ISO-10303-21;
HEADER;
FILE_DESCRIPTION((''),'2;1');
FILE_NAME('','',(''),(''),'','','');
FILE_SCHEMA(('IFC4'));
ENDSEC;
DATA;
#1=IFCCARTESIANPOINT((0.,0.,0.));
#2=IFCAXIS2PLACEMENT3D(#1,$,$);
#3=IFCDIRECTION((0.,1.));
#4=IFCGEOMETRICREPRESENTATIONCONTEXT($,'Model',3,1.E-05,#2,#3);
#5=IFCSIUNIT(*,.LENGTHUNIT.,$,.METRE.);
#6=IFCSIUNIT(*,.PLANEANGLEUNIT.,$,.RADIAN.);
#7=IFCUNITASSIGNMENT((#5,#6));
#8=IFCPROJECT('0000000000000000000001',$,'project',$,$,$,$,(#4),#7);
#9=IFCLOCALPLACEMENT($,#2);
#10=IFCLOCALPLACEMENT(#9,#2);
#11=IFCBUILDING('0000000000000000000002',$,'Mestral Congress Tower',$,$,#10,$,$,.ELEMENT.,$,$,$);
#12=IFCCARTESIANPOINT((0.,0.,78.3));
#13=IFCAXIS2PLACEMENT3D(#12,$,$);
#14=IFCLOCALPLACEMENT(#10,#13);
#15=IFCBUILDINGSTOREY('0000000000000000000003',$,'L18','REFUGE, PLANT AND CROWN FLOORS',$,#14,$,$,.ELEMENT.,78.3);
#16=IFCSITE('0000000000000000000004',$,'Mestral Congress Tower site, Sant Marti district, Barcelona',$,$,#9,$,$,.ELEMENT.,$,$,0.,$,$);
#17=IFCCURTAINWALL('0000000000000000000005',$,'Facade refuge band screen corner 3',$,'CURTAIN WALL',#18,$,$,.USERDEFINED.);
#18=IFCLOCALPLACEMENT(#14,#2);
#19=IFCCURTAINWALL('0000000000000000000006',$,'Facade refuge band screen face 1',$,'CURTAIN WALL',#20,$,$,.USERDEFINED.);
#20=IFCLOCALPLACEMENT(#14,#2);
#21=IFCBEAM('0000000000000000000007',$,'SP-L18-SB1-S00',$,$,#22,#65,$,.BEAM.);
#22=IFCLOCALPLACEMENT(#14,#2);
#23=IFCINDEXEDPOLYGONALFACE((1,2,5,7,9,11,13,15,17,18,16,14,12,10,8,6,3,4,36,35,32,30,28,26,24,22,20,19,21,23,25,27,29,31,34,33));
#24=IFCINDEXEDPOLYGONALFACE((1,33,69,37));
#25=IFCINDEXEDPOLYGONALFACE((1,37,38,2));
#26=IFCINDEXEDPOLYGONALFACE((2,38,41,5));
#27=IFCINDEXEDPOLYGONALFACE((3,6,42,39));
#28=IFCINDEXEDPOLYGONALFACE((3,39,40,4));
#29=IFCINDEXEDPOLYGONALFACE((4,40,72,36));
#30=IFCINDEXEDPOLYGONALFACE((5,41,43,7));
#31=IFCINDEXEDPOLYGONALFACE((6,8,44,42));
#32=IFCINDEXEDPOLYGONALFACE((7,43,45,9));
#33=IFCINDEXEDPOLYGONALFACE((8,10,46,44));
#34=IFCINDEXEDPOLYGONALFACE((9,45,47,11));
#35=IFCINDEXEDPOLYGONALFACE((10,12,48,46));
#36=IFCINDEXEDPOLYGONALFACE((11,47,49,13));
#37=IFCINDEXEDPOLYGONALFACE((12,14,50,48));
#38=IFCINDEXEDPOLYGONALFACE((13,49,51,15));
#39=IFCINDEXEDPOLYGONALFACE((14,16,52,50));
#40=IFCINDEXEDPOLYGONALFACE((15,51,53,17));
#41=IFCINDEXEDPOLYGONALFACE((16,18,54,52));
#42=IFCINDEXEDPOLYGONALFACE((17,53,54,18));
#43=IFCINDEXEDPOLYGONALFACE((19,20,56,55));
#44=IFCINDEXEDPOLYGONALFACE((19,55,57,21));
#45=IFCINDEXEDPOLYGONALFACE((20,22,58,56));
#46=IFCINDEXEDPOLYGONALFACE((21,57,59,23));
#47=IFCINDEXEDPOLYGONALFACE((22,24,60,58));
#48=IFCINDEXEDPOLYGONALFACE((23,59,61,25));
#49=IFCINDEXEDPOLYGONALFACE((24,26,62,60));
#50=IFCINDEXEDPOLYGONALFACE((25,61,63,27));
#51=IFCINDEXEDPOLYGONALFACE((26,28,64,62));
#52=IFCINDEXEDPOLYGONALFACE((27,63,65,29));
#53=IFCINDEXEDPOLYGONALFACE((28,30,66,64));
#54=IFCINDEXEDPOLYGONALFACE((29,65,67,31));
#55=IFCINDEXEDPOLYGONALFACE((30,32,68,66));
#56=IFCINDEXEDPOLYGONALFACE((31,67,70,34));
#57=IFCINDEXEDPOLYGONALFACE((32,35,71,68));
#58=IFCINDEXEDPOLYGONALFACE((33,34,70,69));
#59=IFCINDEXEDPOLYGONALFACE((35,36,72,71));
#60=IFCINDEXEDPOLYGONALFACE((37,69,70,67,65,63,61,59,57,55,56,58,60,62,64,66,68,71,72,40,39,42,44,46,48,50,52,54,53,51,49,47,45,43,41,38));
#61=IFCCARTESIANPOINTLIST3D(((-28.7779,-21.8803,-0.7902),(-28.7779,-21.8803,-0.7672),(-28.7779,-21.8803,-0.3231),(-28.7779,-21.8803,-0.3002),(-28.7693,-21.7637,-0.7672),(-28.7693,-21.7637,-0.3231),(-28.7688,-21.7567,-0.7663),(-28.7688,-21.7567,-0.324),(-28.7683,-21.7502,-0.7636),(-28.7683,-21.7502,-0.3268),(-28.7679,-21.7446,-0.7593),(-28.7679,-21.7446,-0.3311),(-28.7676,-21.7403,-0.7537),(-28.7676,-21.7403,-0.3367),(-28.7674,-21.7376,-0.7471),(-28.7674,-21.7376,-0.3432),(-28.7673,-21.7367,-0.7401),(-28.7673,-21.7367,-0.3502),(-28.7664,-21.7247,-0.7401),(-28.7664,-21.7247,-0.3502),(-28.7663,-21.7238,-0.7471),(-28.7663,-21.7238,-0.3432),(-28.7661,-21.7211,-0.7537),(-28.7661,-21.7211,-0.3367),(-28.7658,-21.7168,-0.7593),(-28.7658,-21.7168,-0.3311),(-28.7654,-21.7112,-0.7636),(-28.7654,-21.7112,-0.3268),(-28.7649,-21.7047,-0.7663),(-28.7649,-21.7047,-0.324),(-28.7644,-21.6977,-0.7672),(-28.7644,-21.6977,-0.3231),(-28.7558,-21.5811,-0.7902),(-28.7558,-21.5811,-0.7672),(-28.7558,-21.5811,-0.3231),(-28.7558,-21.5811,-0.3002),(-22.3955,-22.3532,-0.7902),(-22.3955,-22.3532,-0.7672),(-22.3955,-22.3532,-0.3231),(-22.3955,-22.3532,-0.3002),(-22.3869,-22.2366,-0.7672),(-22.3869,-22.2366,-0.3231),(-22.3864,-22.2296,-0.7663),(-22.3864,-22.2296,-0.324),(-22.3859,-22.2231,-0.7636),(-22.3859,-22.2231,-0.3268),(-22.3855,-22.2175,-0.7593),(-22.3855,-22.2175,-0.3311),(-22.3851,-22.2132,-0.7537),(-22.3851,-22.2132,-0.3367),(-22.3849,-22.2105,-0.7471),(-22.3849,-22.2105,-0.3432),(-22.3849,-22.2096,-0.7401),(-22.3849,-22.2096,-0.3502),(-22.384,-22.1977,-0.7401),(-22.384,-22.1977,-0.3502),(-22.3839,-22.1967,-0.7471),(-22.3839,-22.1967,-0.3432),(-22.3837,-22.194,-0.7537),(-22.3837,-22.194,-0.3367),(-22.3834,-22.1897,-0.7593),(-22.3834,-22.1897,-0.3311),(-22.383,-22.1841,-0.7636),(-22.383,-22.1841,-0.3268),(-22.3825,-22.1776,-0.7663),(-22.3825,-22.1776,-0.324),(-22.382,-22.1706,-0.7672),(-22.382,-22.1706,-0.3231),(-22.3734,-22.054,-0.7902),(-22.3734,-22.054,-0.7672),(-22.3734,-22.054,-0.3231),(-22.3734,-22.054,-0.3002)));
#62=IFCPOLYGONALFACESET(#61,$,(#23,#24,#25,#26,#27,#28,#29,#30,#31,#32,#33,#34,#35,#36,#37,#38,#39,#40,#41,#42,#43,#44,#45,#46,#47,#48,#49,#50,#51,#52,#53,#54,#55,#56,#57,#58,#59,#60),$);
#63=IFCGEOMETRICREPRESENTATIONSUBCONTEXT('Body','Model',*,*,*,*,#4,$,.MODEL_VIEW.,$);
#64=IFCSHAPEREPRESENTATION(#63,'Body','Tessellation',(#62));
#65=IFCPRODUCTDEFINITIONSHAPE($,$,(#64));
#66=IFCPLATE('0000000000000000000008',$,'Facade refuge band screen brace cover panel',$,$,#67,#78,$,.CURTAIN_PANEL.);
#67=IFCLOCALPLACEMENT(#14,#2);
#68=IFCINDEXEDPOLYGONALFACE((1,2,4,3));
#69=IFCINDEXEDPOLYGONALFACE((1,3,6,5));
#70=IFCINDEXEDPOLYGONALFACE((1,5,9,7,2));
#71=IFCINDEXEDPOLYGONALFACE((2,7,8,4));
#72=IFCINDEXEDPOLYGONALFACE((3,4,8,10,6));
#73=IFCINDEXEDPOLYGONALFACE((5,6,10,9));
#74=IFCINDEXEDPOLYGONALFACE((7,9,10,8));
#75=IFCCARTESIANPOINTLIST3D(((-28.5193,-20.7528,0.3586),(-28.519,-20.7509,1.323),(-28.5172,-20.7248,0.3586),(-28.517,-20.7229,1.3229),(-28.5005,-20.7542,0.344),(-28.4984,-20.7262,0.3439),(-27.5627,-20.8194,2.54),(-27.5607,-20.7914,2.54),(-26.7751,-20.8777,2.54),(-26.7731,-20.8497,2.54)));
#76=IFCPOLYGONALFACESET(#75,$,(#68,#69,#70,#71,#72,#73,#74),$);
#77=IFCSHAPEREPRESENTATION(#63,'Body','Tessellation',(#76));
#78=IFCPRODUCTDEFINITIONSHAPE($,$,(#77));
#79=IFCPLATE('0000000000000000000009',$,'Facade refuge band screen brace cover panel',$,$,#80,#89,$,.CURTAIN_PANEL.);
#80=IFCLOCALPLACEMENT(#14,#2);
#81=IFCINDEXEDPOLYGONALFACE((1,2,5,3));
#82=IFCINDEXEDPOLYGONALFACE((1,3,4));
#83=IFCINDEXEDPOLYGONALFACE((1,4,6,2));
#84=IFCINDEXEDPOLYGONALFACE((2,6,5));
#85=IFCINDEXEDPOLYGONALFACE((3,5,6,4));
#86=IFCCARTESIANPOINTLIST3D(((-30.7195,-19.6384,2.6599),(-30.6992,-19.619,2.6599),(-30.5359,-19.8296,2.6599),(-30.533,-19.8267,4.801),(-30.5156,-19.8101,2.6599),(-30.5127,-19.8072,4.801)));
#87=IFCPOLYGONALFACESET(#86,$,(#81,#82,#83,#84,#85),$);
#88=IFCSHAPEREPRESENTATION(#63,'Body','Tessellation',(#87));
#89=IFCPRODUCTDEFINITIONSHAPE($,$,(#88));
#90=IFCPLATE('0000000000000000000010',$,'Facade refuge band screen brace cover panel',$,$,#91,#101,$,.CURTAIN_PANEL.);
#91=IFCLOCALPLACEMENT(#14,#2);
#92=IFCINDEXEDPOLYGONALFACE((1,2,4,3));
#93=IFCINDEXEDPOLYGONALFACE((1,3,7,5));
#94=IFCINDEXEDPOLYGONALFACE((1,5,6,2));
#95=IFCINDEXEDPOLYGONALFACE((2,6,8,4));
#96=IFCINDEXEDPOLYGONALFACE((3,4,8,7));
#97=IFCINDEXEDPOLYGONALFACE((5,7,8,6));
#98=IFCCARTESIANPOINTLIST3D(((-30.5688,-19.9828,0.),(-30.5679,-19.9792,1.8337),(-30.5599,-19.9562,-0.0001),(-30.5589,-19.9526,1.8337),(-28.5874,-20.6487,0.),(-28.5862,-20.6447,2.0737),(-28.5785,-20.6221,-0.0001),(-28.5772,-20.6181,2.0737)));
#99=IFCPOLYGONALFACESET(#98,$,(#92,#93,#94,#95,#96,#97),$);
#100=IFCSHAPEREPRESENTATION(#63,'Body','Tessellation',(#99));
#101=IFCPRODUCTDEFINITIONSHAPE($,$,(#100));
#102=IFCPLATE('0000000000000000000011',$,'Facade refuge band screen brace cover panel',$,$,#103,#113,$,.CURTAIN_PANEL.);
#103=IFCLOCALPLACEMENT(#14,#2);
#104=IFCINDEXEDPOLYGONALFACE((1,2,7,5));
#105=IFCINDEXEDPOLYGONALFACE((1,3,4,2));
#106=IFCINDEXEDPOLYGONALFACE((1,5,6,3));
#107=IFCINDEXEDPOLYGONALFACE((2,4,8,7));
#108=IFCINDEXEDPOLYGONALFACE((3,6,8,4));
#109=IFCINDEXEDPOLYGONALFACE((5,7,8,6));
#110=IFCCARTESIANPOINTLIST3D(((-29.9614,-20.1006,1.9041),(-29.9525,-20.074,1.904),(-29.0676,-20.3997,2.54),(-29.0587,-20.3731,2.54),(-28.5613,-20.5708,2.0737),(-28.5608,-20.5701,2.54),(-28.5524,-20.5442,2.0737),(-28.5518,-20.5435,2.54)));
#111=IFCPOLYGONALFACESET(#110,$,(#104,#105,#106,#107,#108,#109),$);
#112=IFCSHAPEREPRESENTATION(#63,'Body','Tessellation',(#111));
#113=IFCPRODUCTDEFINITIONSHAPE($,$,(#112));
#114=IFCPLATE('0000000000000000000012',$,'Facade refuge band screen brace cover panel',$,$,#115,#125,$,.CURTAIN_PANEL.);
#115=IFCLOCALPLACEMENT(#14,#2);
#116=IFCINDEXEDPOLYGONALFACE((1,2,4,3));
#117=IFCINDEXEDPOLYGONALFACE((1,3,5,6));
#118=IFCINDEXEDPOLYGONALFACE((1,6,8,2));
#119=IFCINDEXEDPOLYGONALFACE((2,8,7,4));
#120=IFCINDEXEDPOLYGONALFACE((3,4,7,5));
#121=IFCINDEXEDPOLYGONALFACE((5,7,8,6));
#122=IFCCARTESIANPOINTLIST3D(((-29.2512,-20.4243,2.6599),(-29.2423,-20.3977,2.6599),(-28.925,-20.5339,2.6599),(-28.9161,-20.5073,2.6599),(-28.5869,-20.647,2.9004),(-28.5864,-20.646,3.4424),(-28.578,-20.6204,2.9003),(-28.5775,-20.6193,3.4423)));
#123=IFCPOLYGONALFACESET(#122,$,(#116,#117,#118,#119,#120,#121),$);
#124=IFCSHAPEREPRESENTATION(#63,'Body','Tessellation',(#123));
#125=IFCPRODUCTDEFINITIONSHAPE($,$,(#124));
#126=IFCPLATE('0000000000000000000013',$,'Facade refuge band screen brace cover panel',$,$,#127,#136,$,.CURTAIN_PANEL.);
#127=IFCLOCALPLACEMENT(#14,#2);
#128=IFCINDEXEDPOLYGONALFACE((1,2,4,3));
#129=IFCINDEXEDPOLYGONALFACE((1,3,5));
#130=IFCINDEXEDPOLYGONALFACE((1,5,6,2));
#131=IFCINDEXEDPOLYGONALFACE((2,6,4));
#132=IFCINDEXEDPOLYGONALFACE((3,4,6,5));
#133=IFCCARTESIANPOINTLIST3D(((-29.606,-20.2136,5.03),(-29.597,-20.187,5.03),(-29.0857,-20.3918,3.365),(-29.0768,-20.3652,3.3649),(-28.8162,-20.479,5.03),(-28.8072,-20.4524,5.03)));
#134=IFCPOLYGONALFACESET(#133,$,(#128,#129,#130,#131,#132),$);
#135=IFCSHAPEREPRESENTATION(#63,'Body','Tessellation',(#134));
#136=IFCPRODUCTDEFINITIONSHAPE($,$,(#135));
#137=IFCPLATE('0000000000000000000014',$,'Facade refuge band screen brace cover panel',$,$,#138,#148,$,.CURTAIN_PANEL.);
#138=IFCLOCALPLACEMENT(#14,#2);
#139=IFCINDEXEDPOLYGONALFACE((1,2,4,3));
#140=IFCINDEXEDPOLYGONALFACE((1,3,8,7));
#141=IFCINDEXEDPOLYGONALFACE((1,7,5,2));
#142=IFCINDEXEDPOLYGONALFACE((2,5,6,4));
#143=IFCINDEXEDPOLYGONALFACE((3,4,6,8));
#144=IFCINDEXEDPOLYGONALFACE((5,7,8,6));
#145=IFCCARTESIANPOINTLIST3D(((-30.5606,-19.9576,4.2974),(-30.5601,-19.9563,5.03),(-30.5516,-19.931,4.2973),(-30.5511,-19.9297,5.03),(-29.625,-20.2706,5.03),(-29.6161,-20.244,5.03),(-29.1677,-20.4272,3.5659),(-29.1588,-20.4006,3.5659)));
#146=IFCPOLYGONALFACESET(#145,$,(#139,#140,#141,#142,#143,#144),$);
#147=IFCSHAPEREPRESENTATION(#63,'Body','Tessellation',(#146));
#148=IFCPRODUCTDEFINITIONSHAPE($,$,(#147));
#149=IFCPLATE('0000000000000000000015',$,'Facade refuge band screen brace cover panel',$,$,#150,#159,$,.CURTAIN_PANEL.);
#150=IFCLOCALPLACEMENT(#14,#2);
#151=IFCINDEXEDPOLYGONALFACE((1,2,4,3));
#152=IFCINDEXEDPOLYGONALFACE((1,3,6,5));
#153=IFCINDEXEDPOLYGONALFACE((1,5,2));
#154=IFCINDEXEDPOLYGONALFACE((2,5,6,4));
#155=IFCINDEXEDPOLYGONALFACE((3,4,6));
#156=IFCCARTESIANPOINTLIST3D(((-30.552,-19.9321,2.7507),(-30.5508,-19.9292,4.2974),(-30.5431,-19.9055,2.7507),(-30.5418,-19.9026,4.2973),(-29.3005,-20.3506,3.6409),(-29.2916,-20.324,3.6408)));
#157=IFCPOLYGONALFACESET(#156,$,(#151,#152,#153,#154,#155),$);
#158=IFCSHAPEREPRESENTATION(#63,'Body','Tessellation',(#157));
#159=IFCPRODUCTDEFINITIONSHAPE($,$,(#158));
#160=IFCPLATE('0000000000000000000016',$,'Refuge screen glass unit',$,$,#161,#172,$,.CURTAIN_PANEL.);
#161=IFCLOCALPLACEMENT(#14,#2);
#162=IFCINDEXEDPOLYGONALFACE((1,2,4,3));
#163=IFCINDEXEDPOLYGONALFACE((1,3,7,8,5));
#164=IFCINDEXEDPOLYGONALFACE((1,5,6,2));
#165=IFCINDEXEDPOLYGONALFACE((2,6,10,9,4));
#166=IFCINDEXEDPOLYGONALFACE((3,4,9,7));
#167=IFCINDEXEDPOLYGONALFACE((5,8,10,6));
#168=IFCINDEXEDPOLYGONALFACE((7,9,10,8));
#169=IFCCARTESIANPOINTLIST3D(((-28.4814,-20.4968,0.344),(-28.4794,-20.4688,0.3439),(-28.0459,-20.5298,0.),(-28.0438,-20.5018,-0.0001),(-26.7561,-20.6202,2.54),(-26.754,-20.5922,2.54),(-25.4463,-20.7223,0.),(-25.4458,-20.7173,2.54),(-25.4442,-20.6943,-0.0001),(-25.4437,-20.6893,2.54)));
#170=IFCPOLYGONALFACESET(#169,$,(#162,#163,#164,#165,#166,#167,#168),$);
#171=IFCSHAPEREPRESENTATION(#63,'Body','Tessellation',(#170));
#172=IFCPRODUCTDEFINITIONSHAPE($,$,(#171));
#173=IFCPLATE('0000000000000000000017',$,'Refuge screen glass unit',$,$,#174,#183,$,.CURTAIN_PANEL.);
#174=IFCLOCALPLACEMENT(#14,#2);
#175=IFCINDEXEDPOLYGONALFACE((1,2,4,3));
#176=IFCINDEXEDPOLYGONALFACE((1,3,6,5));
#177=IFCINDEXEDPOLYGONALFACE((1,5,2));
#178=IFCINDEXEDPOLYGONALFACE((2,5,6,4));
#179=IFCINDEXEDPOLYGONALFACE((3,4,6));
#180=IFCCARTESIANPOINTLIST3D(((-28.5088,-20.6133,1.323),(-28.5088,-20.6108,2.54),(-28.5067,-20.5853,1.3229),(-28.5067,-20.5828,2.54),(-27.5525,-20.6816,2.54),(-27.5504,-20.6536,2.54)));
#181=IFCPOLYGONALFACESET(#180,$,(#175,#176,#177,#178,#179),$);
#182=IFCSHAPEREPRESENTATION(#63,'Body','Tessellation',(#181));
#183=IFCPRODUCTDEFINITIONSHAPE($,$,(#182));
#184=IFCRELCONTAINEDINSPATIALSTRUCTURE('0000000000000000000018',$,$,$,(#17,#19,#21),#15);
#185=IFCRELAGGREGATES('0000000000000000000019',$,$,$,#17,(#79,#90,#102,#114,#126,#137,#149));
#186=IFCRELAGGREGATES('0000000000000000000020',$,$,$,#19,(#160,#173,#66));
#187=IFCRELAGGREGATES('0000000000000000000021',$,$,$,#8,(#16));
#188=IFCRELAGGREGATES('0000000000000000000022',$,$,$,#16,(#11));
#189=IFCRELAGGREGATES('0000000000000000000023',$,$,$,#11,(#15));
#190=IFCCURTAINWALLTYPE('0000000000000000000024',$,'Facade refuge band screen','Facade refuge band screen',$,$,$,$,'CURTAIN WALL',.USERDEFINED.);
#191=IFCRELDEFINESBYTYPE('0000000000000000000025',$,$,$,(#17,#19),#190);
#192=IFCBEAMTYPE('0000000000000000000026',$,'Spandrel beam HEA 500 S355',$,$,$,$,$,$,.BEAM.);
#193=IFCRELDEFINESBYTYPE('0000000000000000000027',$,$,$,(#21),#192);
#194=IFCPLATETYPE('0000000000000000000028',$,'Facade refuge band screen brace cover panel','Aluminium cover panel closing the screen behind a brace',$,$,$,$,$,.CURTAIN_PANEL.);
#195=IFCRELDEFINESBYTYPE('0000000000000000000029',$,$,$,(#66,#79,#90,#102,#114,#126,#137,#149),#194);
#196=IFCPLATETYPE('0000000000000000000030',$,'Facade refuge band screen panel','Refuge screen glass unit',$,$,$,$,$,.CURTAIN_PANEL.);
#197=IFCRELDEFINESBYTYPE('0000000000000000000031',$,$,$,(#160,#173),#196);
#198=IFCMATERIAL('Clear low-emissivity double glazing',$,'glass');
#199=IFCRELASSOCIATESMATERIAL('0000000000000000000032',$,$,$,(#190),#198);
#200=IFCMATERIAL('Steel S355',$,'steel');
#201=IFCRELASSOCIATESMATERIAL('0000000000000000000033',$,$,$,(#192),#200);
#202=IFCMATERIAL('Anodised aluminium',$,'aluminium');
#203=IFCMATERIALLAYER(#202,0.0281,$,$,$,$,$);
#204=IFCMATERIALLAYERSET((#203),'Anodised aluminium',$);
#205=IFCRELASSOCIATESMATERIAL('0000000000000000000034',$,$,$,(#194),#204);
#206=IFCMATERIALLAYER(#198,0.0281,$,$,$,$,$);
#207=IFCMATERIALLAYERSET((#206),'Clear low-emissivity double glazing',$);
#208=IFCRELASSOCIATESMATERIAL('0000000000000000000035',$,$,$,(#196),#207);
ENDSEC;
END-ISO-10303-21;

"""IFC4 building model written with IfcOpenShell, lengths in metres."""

from ifc_helpers import new_model, si_unit, direction, frame, origin, origin_2d, place, context, subcontext, project, spatial, polyline, i_section, outline, extrude, material, layer, layer_set, material_profile, profile_set, type_object, element, aggregate, save


model = new_model("IFC4")

# Units and contexts
model_context = context("Model", 3, precision=1e-05, world=origin(), true_north=direction((0.0, 1.0)))
body_context = subcontext(model_context, "Body", "Model", "MODEL_VIEW")
ifc_project = project(units=[si_unit("LENGTHUNIT", "METRE"), si_unit("PLANEANGLEUNIT", "RADIAN")], contexts=[model_context])

# Site, building, storey
site_placement = place(None, origin())
site = spatial("IfcSite", under=ifc_project, at=site_placement, Name="Mestral Congress Tower site, Sant Marti district, Barcelona", CompositionType="ELEMENT", RefElevation=0.0)
building_placement = place(site_placement, origin())
building = spatial("IfcBuilding", under=site, at=building_placement, Name="Mestral Congress Tower", CompositionType="ELEMENT")
storey_placement = place(building_placement, frame((0.0, 0.0, 78.3)))
storey = spatial("IfcBuildingStorey", under=building, at=storey_placement, Name="L18", Description="REFUGE, PLANT AND CROWN FLOORS", CompositionType="ELEMENT", Elevation=78.3)

# Shared definitions
ifc_material_1 = material(Name="Steel S355", Category="steel")

# Curtain wall
ifc_material_2 = material(Name="Clear low-emissivity double glazing", Category="glass")
curtain_wall_type = type_object("IfcCurtainWallType", Name="Facade refuge band screen", Description="Facade refuge band screen", ElementType="CURTAIN WALL", PredefinedType="USERDEFINED", material=ifc_material_2)
placement = place(storey_placement, origin())
curtain_wall_1 = element("IfcCurtainWall", 1, at=placement, inside=storey, type_object=curtain_wall_type, Name="Facade refuge band screen corner 3", ObjectType="CURTAIN WALL", PredefinedType="USERDEFINED")
ifc_material_3 = material(Name="Anodised aluminium", Category="aluminium")

# Curtain wall
curtain_wall_2 = element("IfcCurtainWall", 2, at=placement, inside=storey, type_object=curtain_wall_type, Name="Facade refuge band screen face 1", ObjectType="CURTAIN WALL", PredefinedType="USERDEFINED")

# Beam
ifc_material_profile_1 = material_profile(ifc_material_1, i_section(OverallWidth=0.3, OverallDepth=0.49, WebThickness=0.012, FlangeThickness=0.0229, FilletRadius=0.0271, at=origin_2d()), Name="HEA 500")
ifc_profile_set_1 = profile_set([ifc_material_profile_1], Name="Steel S355")
beam_type_1 = type_object("IfcBeamType", Name="Spandrel beam HEA 500 S355", PredefinedType="BEAM", material=ifc_profile_set_1)
beam_1_placement = place(storey_placement, frame((-28.7668, -21.7307, -0.5452), z_axis=(0.997266, -0.073893, 0.0), x_axis=(0.073893, 0.997266, 0.0)))
element("IfcBeam", 3, at=beam_1_placement, inside=storey, type_object=beam_type_1, Name="SP-L18-SB1-S00", PredefinedType="BEAM", context=body_context, shape_type="SweptSolid", body=[
    extrude(i_section(OverallWidth=0.3, OverallDepth=0.49, WebThickness=0.012, FlangeThickness=0.0229, FilletRadius=0.0271, at=origin_2d()), origin(), (0.0, 0.0, 1.0), 6.3999),
])

# Plates
ifc_layer_1 = layer(ifc_material_3, 0.0281)
ifc_layer_set_1 = layer_set([ifc_layer_1], Name="Anodised aluminium")
plate_type_1 = type_object("IfcPlateType", Name="Facade refuge band screen brace cover panel", Description="Aluminium cover panel closing the screen behind a brace", PredefinedType="CURTAIN_PANEL", material=ifc_layer_set_1)
plate_1_placement = place(storey_placement, frame((-26.7751, -20.8777, 2.54), z_axis=(-0.073809, -0.997271, 0.001907), x_axis=(-0.617192, 0.044176, -0.785571)))
plate_1 = element("IfcPlate", 4, at=plate_1_placement, type_object=plate_type_1, Name="Facade refuge band screen brace cover panel", PredefinedType="CURTAIN_PANEL", context=body_context, shape_type="SweptSolid", body=[
    extrude(outline(polyline([(0.0, 0.0), (2.7955, 0.0), (2.7956, -0.0239), (2.038, -0.6205), (0.4887, -0.6204), (0.0, 0.0)])), origin(), (0.0, 0.0, -1.0), 0.0281),
])
plate_2_placement = place(storey_placement, frame((-30.5359, -19.8296, 2.6599), z_axis=(-0.721239, -0.692684, 0.001935), x_axis=(-0.692685, 0.72124, 0.0)))
plate_2 = element("IfcPlate", 5, at=plate_2_placement, type_object=plate_type_1, Name="Facade refuge band screen brace cover panel", PredefinedType="CURTAIN_PANEL", context=body_context, shape_type="SweptSolid", body=[
    extrude(outline(polyline([(0.0, 0.0), (0.265, 0.0), (0.0001, -2.1411), (0.0, 0.0)])), origin(), (0.0, 0.0, -1.0), 0.0281),
])
plate_3_placement = place(storey_placement, frame((-28.5874, -20.6487, 0.0), z_axis=(-0.318543, -0.947906, 0.002015), x_axis=(-0.947908, 0.318544, 0.0)))
plate_3 = element("IfcPlate", 6, at=plate_3_placement, type_object=plate_type_1, Name="Facade refuge band screen brace cover panel", PredefinedType="CURTAIN_PANEL", context=body_context, shape_type="SweptSolid", body=[
    extrude(outline(polyline([(0.0, 0.0), (2.0903, 0.0), (2.0905, -1.8337), (0.0001, -2.0737), (0.0, 0.0)])), origin(), (0.0, 0.0, -1.0), 0.0281),
])
plate_4_placement = place(storey_placement, frame((-28.5608, -20.5701, 2.54), z_axis=(-0.318602, -0.947887, 0.001931), x_axis=(-0.001082, -0.001674, -0.999998)))
plate_4 = element("IfcPlate", 7, at=plate_4_placement, type_object=plate_type_1, Name="Facade refuge band screen brace cover panel", PredefinedType="CURTAIN_PANEL", context=body_context, shape_type="SweptSolid", body=[
    extrude(outline(polyline([(0.0, 0.0), (0.4663, 0.0), (0.6367, -1.4769), (0.0003, -0.5347), (0.0, 0.0)])), origin(), (0.0, 0.0, -1.0), 0.0281),
])
plate_5_placement = place(storey_placement, frame((-28.5869, -20.647, 2.9004), z_axis=(-0.318466, -0.947932, 0.002063), x_axis=(-0.786242, 0.262928, -0.559188)))
plate_5 = element("IfcPlate", 8, at=plate_5_placement, type_object=plate_type_1, Name="Facade refuge band screen brace cover panel", PredefinedType="CURTAIN_PANEL", context=body_context, shape_type="SweptSolid", body=[
    extrude(outline(polyline([(0.0, 0.0), (0.43, 0.0), (0.7153, -0.1924), (-0.3032, -0.4492), (0.0, 0.0)])), origin(), (0.0, 0.0, -1.0), 0.0281),
])
plate_6_placement = place(storey_placement, frame((-28.8162, -20.479, 5.03), z_axis=(-0.318512, -0.947917, 0.00194), x_axis=(-0.159584, 0.051605, -0.985835)))
plate_6 = element("IfcPlate", 9, at=plate_6_placement, type_object=plate_type_1, Name="Facade refuge band screen brace cover panel", PredefinedType="CURTAIN_PANEL", context=body_context, shape_type="SweptSolid", body=[
    extrude(outline(polyline([(0.0, 0.0), (1.689, 0.0), (0.1397, -0.8214), (0.0, 0.0)])), origin(), (0.0, 0.0, -1.0), 0.0281),
])
plate_7_placement = place(storey_placement, frame((-30.5601, -19.9563, 5.03), z_axis=(-0.318609, -0.947884, 0.001907), x_axis=(0.947886, -0.31861, 0.0)))
plate_7 = element("IfcPlate", 10, at=plate_7_placement, type_object=plate_type_1, Name="Facade refuge band screen brace cover panel", PredefinedType="CURTAIN_PANEL", context=body_context, shape_type="SweptSolid", body=[
    extrude(outline(polyline([(0.0, 0.0), (0.9864, 0.0), (1.4698, -1.4641), (-0.0001, -0.7327), (0.0, 0.0)])), origin(), (0.0, 0.0, -1.0), 0.0281),
])
plate_8_placement = place(storey_placement, frame((-30.5508, -19.9292, 4.2974), z_axis=(-0.318424, -0.947946, 0.002047), x_axis=(0.848396, -0.285946, -0.445487)))
plate_8 = element("IfcPlate", 11, at=plate_8_placement, type_object=plate_type_1, Name="Facade refuge band screen brace cover panel", PredefinedType="CURTAIN_PANEL", context=body_context, shape_type="SweptSolid", body=[
    extrude(outline(polyline([(0.0, 0.0), (1.4737, 0.0), (0.6888, -1.3848), (0.0, 0.0)])), origin(), (0.0, 0.0, -1.0), 0.0281),
])
aggregate(curtain_wall_1, [plate_2, plate_3, plate_4, plate_5, plate_6, plate_7, plate_8])
ifc_layer_2 = layer(ifc_material_2, 0.0281)
ifc_layer_set_2 = layer_set([ifc_layer_2], Name="Clear low-emissivity double glazing")
plate_type_2 = type_object("IfcPlateType", Name="Facade refuge band screen panel", Description="Refuge screen glass unit", PredefinedType="CURTAIN_PANEL", material=ifc_layer_set_2)
plate_9_placement = place(storey_placement, frame((-25.4458, -20.7173, 2.54), z_axis=(-0.073861, -0.997267, 0.001981), x_axis=(-0.000189, -0.001973, -0.999998)))
plate_9 = element("IfcPlate", 12, at=plate_9_placement, type_object=plate_type_2, Name="Refuge screen glass unit", PredefinedType="CURTAIN_PANEL", context=body_context, shape_type="SweptSolid", body=[
    extrude(outline(polyline([(0.0, 0.0), (2.54, 0.0), (2.5402, -2.6067), (2.1962, -3.0435), (0.0001, -1.3139), (0.0, 0.0)])), origin(), (0.0, 0.0, -1.0), 0.0281),
])
plate_10_placement = place(storey_placement, frame((-28.5088, -20.6108, 2.54), z_axis=(-0.073834, -0.997269, 0.002001), x_axis=(0.997271, -0.073834, 0.0)))
plate_10 = element("IfcPlate", 13, at=plate_10_placement, type_object=plate_type_2, Name="Refuge screen glass unit", PredefinedType="CURTAIN_PANEL", context=body_context, shape_type="SweptSolid", body=[
    extrude(outline(polyline([(0.0, 0.0), (0.9589, 0.0), (0.0002, -1.217), (0.0, 0.0)])), origin(), (0.0, 0.0, -1.0), 0.0281),
])

aggregate(curtain_wall_2, [plate_9, plate_10, plate_1])

save(model, "model.ifc")
